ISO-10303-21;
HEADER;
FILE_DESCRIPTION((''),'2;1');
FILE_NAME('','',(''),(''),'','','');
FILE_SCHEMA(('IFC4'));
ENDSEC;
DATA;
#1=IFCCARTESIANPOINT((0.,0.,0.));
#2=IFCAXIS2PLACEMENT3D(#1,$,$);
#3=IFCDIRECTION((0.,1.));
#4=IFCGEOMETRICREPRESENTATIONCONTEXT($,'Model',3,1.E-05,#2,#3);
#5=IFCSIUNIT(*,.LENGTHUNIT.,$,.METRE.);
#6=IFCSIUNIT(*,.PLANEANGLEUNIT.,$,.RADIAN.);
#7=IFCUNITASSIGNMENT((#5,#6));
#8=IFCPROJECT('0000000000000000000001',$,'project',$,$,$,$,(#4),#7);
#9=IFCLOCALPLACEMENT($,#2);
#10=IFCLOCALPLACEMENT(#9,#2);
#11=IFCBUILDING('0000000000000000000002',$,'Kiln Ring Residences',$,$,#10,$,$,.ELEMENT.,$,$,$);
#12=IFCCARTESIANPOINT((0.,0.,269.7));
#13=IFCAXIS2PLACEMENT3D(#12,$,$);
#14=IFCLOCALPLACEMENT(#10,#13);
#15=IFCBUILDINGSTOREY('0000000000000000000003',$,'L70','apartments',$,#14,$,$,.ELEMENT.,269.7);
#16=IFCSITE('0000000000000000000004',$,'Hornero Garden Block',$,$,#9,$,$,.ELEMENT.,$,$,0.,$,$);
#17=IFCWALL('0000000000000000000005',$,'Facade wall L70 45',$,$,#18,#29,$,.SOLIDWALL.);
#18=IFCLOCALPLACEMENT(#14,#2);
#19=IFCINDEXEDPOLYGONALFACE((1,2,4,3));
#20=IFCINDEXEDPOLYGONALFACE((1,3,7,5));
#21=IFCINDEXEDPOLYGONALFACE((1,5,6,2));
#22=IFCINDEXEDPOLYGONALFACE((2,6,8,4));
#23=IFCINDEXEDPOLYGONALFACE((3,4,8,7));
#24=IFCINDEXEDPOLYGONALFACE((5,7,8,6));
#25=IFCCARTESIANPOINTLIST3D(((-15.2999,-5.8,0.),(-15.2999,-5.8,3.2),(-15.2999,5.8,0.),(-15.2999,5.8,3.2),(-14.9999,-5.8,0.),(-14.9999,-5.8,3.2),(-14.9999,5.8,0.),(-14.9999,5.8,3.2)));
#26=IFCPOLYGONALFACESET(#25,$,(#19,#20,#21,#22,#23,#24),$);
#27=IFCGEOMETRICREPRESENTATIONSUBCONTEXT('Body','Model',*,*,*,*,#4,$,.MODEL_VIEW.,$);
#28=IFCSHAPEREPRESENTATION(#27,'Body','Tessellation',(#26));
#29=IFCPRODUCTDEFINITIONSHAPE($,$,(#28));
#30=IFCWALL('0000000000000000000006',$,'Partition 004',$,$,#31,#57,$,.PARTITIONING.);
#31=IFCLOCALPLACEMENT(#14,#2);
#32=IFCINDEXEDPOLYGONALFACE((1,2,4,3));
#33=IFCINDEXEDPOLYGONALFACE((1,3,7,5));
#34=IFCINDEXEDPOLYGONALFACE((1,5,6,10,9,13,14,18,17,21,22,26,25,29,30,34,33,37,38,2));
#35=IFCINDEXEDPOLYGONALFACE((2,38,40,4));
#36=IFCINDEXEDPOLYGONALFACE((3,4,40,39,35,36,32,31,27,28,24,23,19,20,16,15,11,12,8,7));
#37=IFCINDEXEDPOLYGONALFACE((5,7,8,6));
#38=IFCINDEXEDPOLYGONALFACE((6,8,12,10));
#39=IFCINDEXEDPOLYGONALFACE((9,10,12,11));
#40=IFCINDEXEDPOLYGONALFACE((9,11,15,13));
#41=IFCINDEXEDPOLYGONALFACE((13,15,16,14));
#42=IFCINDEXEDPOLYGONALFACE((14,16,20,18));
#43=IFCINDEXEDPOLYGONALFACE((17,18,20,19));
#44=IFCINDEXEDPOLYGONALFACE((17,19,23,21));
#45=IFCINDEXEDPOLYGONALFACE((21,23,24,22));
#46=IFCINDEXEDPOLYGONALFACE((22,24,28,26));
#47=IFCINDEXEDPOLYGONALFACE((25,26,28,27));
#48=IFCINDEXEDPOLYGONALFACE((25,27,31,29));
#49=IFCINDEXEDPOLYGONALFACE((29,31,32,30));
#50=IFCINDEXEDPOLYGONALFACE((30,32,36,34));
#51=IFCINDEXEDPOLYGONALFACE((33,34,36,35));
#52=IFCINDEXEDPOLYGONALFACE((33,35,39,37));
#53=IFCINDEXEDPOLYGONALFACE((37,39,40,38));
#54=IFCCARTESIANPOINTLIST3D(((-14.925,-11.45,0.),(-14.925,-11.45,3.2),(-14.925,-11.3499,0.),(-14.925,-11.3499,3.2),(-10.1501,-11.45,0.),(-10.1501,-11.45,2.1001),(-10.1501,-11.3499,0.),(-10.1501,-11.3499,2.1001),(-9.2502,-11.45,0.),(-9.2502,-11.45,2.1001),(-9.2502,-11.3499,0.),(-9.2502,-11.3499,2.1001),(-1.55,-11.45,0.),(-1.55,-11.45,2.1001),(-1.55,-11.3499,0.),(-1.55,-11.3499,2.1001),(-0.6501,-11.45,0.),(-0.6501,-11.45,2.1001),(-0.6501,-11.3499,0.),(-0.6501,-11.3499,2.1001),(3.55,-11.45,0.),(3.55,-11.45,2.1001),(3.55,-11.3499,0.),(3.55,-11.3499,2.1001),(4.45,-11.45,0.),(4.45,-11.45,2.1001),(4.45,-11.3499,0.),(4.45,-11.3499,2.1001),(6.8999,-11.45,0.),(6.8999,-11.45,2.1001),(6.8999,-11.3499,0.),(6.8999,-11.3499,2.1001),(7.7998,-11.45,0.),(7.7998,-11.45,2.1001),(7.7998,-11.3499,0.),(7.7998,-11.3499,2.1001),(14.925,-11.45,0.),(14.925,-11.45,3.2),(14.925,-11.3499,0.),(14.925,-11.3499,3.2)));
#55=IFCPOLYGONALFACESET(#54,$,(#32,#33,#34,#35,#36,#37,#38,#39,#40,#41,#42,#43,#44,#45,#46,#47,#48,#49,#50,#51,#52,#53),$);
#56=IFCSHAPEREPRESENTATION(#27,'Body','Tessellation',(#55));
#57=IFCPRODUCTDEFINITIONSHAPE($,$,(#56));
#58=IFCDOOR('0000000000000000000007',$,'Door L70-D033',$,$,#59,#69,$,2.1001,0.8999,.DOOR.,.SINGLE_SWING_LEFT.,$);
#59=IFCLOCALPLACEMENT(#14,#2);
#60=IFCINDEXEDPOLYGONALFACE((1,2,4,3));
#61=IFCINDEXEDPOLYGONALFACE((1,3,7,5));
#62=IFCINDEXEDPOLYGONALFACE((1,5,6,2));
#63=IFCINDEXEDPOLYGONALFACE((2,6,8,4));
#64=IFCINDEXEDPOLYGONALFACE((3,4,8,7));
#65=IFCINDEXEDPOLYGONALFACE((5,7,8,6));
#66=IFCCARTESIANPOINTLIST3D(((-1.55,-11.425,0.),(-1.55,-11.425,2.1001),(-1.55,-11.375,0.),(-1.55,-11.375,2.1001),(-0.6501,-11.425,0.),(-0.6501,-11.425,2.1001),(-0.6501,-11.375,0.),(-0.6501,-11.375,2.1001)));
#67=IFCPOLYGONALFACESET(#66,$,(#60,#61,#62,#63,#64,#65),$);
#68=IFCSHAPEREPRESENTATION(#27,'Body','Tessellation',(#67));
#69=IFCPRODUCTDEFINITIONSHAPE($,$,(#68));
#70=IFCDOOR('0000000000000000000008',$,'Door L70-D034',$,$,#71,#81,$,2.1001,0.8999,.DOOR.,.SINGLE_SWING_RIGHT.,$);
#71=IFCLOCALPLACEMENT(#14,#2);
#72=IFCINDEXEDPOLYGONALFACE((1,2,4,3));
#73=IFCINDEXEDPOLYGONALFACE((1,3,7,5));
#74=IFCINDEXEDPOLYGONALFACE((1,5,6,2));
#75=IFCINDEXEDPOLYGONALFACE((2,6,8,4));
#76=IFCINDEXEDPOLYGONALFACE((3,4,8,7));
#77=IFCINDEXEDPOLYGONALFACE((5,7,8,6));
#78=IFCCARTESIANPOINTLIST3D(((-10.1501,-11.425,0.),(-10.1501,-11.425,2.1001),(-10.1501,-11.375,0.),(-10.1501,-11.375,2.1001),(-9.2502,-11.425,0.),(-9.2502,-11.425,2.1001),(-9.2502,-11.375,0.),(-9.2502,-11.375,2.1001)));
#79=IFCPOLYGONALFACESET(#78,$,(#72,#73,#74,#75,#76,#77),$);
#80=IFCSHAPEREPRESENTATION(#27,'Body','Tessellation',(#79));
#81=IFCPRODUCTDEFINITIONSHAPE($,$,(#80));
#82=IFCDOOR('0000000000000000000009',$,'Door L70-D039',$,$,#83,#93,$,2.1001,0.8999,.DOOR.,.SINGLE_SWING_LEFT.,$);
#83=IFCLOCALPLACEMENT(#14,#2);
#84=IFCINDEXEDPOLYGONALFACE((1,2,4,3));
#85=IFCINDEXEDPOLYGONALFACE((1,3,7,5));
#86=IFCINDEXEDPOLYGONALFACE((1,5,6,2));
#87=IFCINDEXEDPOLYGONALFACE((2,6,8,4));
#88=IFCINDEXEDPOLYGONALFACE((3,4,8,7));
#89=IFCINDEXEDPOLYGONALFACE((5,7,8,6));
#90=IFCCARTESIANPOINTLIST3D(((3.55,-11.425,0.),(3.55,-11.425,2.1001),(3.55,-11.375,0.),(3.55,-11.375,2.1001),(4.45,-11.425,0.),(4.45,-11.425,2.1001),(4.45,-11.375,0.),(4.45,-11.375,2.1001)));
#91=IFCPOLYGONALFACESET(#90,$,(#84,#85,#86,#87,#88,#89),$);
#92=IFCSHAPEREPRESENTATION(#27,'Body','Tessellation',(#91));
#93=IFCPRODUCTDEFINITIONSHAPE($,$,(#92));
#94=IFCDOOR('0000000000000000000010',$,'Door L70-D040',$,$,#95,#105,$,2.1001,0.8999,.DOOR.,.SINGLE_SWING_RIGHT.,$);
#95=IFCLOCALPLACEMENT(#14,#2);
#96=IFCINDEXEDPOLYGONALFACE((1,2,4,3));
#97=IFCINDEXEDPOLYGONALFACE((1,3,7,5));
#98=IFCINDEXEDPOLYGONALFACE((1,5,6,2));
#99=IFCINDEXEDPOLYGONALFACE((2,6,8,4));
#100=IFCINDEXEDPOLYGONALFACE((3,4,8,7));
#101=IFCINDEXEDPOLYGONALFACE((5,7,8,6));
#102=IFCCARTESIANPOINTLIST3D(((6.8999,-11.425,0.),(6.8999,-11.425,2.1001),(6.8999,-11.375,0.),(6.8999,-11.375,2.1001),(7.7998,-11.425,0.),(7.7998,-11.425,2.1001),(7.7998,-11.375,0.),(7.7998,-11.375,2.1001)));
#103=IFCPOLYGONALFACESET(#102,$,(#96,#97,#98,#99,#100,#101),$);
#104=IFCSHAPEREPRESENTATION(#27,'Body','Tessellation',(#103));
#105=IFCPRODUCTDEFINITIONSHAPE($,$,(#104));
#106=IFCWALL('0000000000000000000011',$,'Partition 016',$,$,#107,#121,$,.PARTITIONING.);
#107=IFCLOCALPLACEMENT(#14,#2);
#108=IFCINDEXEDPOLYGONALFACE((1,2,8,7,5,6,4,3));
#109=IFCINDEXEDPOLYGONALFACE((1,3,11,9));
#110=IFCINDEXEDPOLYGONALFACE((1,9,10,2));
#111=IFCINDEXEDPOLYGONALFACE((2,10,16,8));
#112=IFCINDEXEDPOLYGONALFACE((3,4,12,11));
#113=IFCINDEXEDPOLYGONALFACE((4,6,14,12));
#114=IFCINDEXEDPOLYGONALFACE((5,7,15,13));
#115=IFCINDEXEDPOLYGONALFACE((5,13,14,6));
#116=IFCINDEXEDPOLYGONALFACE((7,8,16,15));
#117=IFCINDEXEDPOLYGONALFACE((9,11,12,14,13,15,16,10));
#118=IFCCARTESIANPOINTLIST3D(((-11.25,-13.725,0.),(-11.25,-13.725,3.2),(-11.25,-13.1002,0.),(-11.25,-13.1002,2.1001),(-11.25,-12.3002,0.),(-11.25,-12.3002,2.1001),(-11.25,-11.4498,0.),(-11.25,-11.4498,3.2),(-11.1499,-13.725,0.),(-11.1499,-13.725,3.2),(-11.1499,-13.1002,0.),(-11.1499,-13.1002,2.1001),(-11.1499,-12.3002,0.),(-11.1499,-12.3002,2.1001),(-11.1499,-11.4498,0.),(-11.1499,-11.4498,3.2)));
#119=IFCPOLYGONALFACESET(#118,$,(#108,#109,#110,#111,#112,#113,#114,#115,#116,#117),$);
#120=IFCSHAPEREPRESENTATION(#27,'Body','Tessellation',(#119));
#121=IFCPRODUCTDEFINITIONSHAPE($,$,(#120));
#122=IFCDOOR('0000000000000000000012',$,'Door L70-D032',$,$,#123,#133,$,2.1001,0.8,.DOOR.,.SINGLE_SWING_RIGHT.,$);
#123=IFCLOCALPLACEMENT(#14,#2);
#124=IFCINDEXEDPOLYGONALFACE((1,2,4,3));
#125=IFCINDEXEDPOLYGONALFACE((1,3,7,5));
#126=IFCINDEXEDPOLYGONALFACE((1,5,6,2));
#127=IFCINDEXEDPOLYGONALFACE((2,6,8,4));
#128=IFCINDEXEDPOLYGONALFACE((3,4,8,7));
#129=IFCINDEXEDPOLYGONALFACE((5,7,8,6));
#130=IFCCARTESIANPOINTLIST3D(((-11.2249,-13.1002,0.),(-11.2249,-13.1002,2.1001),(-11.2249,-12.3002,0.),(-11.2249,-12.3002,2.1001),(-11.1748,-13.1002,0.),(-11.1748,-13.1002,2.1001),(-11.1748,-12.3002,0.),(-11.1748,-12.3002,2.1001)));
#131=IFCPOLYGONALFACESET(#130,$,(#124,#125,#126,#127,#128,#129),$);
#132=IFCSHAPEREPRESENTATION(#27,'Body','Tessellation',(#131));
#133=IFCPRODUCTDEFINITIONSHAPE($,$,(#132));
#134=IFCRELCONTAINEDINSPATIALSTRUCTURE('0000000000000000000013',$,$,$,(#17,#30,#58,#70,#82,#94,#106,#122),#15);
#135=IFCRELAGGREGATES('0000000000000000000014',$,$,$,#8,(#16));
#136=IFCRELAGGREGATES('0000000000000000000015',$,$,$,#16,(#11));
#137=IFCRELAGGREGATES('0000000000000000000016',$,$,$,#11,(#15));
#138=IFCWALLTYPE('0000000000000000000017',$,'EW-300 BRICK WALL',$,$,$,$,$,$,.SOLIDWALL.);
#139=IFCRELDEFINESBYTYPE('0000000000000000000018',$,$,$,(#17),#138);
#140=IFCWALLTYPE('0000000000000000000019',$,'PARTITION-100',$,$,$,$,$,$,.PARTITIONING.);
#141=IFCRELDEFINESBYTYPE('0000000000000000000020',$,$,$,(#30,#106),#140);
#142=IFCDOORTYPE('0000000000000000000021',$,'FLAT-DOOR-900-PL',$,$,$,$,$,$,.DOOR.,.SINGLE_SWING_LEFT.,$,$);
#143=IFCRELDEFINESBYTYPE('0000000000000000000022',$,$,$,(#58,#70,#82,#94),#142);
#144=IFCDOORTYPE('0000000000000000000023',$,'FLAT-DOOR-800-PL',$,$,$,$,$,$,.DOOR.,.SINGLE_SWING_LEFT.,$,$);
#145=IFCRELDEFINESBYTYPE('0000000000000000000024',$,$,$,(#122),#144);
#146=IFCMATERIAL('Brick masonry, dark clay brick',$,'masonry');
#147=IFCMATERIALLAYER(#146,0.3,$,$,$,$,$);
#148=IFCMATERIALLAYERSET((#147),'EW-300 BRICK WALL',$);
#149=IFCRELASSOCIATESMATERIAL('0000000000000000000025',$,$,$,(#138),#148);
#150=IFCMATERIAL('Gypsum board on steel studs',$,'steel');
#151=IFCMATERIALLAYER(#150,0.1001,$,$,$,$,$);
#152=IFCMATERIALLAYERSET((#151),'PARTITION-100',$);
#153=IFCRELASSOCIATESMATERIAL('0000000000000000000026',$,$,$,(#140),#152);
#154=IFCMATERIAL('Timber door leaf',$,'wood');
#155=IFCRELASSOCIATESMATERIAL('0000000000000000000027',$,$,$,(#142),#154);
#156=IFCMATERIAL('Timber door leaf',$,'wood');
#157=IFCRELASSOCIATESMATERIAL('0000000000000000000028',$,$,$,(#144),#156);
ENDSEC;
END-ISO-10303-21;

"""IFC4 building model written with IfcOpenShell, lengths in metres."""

from ifc_helpers import new_model, si_unit, direction, frame, frame_2d, origin, place, context, subcontext, project, spatial, rectangle, extrude, material, layer, layer_set, type_object, element, fill, save


model = new_model("IFC4")

# Units and contexts
model_context = context("Model", 3, precision=1e-05, world=origin(), true_north=direction((0.0, 1.0)))
body_context = subcontext(model_context, "Body", "Model", "MODEL_VIEW")
ifc_project = project(units=[si_unit("LENGTHUNIT", "METRE"), si_unit("PLANEANGLEUNIT", "RADIAN")], contexts=[model_context])

# Site, building, storey
site_placement = place(None, origin())
site = spatial("IfcSite", under=ifc_project, at=site_placement, Name="Hornero Garden Block", CompositionType="ELEMENT", RefElevation=0.0)
building_placement = place(site_placement, origin())
building = spatial("IfcBuilding", under=site, at=building_placement, Name="Kiln Ring Residences", CompositionType="ELEMENT")
storey_placement = place(building_placement, frame((0.0, 0.0, 269.7)))
storey = spatial("IfcBuildingStorey", under=building, at=storey_placement, Name="L70", Description="apartments", CompositionType="ELEMENT", Elevation=269.7)

# Wall
ifc_material_1 = material(Name="Brick masonry, dark clay brick", Category="masonry")
ifc_layer_1 = layer(ifc_material_1, 0.3)
ifc_layer_set_1 = layer_set([ifc_layer_1], Name="EW-300 BRICK WALL")
wall_type_1 = type_object("IfcWallType", Name="EW-300 BRICK WALL", PredefinedType="SOLIDWALL", material=ifc_layer_set_1)
wall_1_placement = place(storey_placement, frame((-15.1499, -5.8, 0.0), z_axis=(0.0, 0.0, 1.0), x_axis=(0.0, 1.0, 0.0)))
element("IfcWall", 1, at=wall_1_placement, inside=storey, type_object=wall_type_1, Name="Facade wall L70 45", PredefinedType="SOLIDWALL", context=body_context, shape_type="SweptSolid", body=[
    extrude(rectangle(XDim=11.6001, YDim=0.3, at=frame_2d((5.8, 0.0))), origin(), (0.0, 0.0, 1.0), 3.2),
])

# Wall, openings, doors
ifc_material_2 = material(Name="Gypsum board on steel studs", Category="steel")
ifc_layer_2 = layer(ifc_material_2, 0.1001)
ifc_layer_set_2 = layer_set([ifc_layer_2], Name="PARTITION-100")
wall_type_2 = type_object("IfcWallType", Name="PARTITION-100", PredefinedType="PARTITIONING", material=ifc_layer_set_2)
wall_2_placement = place(storey_placement, frame((-14.925, -11.3999, 0.0), z_axis=(0.0, 0.0, 1.0), x_axis=(1.0, 0.0, 0.0)))
wall_2 = element("IfcWall", 2, at=wall_2_placement, inside=storey, type_object=wall_type_2, Name="Partition 004", PredefinedType="PARTITIONING", context=body_context, shape_type="SweptSolid", body=[
    extrude(rectangle(XDim=29.8501, YDim=0.1001, at=frame_2d((14.925, 0.0))), origin(), (0.0, 0.0, 1.0), 3.2),
])
opening_1_placement = place(wall_2_placement, frame((13.375, 0.0, 0.0)))
opening_1 = element("IfcOpeningElement", 3, at=opening_1_placement, cuts=wall_2, PredefinedType="OPENING", context=body_context, shape_type="SweptSolid", body=[
    extrude(rectangle(XDim=0.8999, YDim=2.1001, at=frame_2d((0.45, 1.05))), frame((0.0, 0.0601, 0.0), z_axis=(0.0, -1.0, 0.0), x_axis=(1.0, 0.0, 0.0)), (0.0, 0.0, 1.0), 0.1201),
])
opening_2_placement = place(wall_2_placement, frame((4.7749, 0.0, 0.0)))
opening_2 = element("IfcOpeningElement", 4, at=opening_2_placement, cuts=wall_2, PredefinedType="OPENING", context=body_context, shape_type="SweptSolid", body=[
    extrude(rectangle(XDim=0.8999, YDim=2.1001, at=frame_2d((0.45, 1.05))), frame((0.0, 0.0601, 0.0), z_axis=(0.0, -1.0, 0.0), x_axis=(1.0, 0.0, 0.0)), (0.0, 0.0, 1.0), 0.1201),
])
opening_3_placement = place(wall_2_placement, frame((18.4751, 0.0, 0.0)))
opening_3 = element("IfcOpeningElement", 5, at=opening_3_placement, cuts=wall_2, PredefinedType="OPENING", context=body_context, shape_type="SweptSolid", body=[
    extrude(rectangle(XDim=0.8999, YDim=2.1001, at=frame_2d((0.45, 1.05))), frame((0.0, 0.0601, 0.0), z_axis=(0.0, -1.0, 0.0), x_axis=(1.0, 0.0, 0.0)), (0.0, 0.0, 1.0), 0.1201),
])
opening_4_placement = place(wall_2_placement, frame((21.825, 0.0, 0.0)))
opening_4 = element("IfcOpeningElement", 6, at=opening_4_placement, cuts=wall_2, PredefinedType="OPENING", context=body_context, shape_type="SweptSolid", body=[
    extrude(rectangle(XDim=0.8999, YDim=2.1001, at=frame_2d((0.45, 1.05))), frame((0.0, 0.0601, 0.0), z_axis=(0.0, -1.0, 0.0), x_axis=(1.0, 0.0, 0.0)), (0.0, 0.0, 1.0), 0.1201),
])
ifc_material_3 = material(Name="Timber door leaf", Category="wood")
door_type_1 = type_object("IfcDoorType", Name="FLAT-DOOR-900-PL", OperationType="SINGLE_SWING_LEFT", PredefinedType="DOOR", material=ifc_material_3)
door_1_placement = place(opening_1_placement, origin())
door_1 = element("IfcDoor", 7, at=door_1_placement, inside=storey, type_object=door_type_1, Name="Door L70-D033", OperationType="SINGLE_SWING_LEFT", OverallHeight=2.1001, OverallWidth=0.8999, PredefinedType="DOOR", context=body_context, shape_type="SweptSolid", body=[
    extrude(rectangle(XDim=0.8999, YDim=2.1001, at=frame_2d((0.45, 1.05))), frame((0.0, 0.0249, 0.0), z_axis=(0.0, -1.0, 0.0), x_axis=(1.0, 0.0, 0.0)), (0.0, 0.0, 1.0), 0.05),
])
fill(opening_1, door_1)
door_2_placement = place(opening_2_placement, origin())
door_2 = element("IfcDoor", 8, at=door_2_placement, inside=storey, type_object=door_type_1, Name="Door L70-D034", OperationType="SINGLE_SWING_RIGHT", OverallHeight=2.1001, OverallWidth=0.8999, PredefinedType="DOOR", context=body_context, shape_type="SweptSolid", body=[
    extrude(rectangle(XDim=0.8999, YDim=2.1001, at=frame_2d((0.45, 1.05))), frame((0.0, 0.0249, 0.0), z_axis=(0.0, -1.0, 0.0), x_axis=(1.0, 0.0, 0.0)), (0.0, 0.0, 1.0), 0.05),
])
fill(opening_2, door_2)
door_3_placement = place(opening_3_placement, origin())
door_3 = element("IfcDoor", 9, at=door_3_placement, inside=storey, type_object=door_type_1, Name="Door L70-D039", OperationType="SINGLE_SWING_LEFT", OverallHeight=2.1001, OverallWidth=0.8999, PredefinedType="DOOR", context=body_context, shape_type="SweptSolid", body=[
    extrude(rectangle(XDim=0.8999, YDim=2.1001, at=frame_2d((0.45, 1.05))), frame((0.0, 0.0249, 0.0), z_axis=(0.0, -1.0, 0.0), x_axis=(1.0, 0.0, 0.0)), (0.0, 0.0, 1.0), 0.05),
])
fill(opening_3, door_3)
door_4_placement = place(opening_4_placement, origin())
door_4 = element("IfcDoor", 10, at=door_4_placement, inside=storey, type_object=door_type_1, Name="Door L70-D040", OperationType="SINGLE_SWING_RIGHT", OverallHeight=2.1001, OverallWidth=0.8999, PredefinedType="DOOR", context=body_context, shape_type="SweptSolid", body=[
    extrude(rectangle(XDim=0.8999, YDim=2.1001, at=frame_2d((0.45, 1.05))), frame((0.0, 0.0249, 0.0), z_axis=(0.0, -1.0, 0.0), x_axis=(1.0, 0.0, 0.0)), (0.0, 0.0, 1.0), 0.05),
])
fill(opening_4, door_4)

# Wall, opening, door
wall_3_placement = place(storey_placement, frame((-11.2, -13.7251, 0.0), z_axis=(0.0, 0.0, 1.0), x_axis=(0.0, 1.0, 0.0)))
wall_3 = element("IfcWall", 11, at=wall_3_placement, inside=storey, type_object=wall_type_2, Name="Partition 016", PredefinedType="PARTITIONING", context=body_context, shape_type="SweptSolid", body=[
    extrude(rectangle(XDim=2.2751, YDim=0.1001, at=frame_2d((1.1377, 0.0))), origin(), (0.0, 0.0, 1.0), 3.2),
])
opening_5_placement = place(wall_3_placement, frame((0.625, 0.0, 0.0)))
opening_5 = element("IfcOpeningElement", 12, at=opening_5_placement, cuts=wall_3, PredefinedType="OPENING", context=body_context, shape_type="SweptSolid", body=[
    extrude(rectangle(XDim=0.8, YDim=2.1001, at=frame_2d((0.3999, 1.05))), frame((0.0, 0.0601, 0.0), z_axis=(0.0, -1.0, 0.0), x_axis=(1.0, 0.0, 0.0)), (0.0, 0.0, 1.0), 0.1201),
])
ifc_material_4 = material(Name="Timber door leaf", Category="wood")
door_type_2 = type_object("IfcDoorType", Name="FLAT-DOOR-800-PL", OperationType="SINGLE_SWING_LEFT", PredefinedType="DOOR", material=ifc_material_4)
door_5_placement = place(opening_5_placement, origin())
door_5 = element("IfcDoor", 13, at=door_5_placement, inside=storey, type_object=door_type_2, Name="Door L70-D032", OperationType="SINGLE_SWING_RIGHT", OverallHeight=2.1001, OverallWidth=0.8, PredefinedType="DOOR", context=body_context, shape_type="SweptSolid", body=[
    extrude(rectangle(XDim=0.8, YDim=2.1001, at=frame_2d((0.3999, 1.05))), frame((0.0, 0.0249, 0.0), z_axis=(0.0, -1.0, 0.0), x_axis=(1.0, 0.0, 0.0)), (0.0, 0.0, 1.0), 0.05),
])
fill(opening_5, door_5)

save(model, "model.ifc")
